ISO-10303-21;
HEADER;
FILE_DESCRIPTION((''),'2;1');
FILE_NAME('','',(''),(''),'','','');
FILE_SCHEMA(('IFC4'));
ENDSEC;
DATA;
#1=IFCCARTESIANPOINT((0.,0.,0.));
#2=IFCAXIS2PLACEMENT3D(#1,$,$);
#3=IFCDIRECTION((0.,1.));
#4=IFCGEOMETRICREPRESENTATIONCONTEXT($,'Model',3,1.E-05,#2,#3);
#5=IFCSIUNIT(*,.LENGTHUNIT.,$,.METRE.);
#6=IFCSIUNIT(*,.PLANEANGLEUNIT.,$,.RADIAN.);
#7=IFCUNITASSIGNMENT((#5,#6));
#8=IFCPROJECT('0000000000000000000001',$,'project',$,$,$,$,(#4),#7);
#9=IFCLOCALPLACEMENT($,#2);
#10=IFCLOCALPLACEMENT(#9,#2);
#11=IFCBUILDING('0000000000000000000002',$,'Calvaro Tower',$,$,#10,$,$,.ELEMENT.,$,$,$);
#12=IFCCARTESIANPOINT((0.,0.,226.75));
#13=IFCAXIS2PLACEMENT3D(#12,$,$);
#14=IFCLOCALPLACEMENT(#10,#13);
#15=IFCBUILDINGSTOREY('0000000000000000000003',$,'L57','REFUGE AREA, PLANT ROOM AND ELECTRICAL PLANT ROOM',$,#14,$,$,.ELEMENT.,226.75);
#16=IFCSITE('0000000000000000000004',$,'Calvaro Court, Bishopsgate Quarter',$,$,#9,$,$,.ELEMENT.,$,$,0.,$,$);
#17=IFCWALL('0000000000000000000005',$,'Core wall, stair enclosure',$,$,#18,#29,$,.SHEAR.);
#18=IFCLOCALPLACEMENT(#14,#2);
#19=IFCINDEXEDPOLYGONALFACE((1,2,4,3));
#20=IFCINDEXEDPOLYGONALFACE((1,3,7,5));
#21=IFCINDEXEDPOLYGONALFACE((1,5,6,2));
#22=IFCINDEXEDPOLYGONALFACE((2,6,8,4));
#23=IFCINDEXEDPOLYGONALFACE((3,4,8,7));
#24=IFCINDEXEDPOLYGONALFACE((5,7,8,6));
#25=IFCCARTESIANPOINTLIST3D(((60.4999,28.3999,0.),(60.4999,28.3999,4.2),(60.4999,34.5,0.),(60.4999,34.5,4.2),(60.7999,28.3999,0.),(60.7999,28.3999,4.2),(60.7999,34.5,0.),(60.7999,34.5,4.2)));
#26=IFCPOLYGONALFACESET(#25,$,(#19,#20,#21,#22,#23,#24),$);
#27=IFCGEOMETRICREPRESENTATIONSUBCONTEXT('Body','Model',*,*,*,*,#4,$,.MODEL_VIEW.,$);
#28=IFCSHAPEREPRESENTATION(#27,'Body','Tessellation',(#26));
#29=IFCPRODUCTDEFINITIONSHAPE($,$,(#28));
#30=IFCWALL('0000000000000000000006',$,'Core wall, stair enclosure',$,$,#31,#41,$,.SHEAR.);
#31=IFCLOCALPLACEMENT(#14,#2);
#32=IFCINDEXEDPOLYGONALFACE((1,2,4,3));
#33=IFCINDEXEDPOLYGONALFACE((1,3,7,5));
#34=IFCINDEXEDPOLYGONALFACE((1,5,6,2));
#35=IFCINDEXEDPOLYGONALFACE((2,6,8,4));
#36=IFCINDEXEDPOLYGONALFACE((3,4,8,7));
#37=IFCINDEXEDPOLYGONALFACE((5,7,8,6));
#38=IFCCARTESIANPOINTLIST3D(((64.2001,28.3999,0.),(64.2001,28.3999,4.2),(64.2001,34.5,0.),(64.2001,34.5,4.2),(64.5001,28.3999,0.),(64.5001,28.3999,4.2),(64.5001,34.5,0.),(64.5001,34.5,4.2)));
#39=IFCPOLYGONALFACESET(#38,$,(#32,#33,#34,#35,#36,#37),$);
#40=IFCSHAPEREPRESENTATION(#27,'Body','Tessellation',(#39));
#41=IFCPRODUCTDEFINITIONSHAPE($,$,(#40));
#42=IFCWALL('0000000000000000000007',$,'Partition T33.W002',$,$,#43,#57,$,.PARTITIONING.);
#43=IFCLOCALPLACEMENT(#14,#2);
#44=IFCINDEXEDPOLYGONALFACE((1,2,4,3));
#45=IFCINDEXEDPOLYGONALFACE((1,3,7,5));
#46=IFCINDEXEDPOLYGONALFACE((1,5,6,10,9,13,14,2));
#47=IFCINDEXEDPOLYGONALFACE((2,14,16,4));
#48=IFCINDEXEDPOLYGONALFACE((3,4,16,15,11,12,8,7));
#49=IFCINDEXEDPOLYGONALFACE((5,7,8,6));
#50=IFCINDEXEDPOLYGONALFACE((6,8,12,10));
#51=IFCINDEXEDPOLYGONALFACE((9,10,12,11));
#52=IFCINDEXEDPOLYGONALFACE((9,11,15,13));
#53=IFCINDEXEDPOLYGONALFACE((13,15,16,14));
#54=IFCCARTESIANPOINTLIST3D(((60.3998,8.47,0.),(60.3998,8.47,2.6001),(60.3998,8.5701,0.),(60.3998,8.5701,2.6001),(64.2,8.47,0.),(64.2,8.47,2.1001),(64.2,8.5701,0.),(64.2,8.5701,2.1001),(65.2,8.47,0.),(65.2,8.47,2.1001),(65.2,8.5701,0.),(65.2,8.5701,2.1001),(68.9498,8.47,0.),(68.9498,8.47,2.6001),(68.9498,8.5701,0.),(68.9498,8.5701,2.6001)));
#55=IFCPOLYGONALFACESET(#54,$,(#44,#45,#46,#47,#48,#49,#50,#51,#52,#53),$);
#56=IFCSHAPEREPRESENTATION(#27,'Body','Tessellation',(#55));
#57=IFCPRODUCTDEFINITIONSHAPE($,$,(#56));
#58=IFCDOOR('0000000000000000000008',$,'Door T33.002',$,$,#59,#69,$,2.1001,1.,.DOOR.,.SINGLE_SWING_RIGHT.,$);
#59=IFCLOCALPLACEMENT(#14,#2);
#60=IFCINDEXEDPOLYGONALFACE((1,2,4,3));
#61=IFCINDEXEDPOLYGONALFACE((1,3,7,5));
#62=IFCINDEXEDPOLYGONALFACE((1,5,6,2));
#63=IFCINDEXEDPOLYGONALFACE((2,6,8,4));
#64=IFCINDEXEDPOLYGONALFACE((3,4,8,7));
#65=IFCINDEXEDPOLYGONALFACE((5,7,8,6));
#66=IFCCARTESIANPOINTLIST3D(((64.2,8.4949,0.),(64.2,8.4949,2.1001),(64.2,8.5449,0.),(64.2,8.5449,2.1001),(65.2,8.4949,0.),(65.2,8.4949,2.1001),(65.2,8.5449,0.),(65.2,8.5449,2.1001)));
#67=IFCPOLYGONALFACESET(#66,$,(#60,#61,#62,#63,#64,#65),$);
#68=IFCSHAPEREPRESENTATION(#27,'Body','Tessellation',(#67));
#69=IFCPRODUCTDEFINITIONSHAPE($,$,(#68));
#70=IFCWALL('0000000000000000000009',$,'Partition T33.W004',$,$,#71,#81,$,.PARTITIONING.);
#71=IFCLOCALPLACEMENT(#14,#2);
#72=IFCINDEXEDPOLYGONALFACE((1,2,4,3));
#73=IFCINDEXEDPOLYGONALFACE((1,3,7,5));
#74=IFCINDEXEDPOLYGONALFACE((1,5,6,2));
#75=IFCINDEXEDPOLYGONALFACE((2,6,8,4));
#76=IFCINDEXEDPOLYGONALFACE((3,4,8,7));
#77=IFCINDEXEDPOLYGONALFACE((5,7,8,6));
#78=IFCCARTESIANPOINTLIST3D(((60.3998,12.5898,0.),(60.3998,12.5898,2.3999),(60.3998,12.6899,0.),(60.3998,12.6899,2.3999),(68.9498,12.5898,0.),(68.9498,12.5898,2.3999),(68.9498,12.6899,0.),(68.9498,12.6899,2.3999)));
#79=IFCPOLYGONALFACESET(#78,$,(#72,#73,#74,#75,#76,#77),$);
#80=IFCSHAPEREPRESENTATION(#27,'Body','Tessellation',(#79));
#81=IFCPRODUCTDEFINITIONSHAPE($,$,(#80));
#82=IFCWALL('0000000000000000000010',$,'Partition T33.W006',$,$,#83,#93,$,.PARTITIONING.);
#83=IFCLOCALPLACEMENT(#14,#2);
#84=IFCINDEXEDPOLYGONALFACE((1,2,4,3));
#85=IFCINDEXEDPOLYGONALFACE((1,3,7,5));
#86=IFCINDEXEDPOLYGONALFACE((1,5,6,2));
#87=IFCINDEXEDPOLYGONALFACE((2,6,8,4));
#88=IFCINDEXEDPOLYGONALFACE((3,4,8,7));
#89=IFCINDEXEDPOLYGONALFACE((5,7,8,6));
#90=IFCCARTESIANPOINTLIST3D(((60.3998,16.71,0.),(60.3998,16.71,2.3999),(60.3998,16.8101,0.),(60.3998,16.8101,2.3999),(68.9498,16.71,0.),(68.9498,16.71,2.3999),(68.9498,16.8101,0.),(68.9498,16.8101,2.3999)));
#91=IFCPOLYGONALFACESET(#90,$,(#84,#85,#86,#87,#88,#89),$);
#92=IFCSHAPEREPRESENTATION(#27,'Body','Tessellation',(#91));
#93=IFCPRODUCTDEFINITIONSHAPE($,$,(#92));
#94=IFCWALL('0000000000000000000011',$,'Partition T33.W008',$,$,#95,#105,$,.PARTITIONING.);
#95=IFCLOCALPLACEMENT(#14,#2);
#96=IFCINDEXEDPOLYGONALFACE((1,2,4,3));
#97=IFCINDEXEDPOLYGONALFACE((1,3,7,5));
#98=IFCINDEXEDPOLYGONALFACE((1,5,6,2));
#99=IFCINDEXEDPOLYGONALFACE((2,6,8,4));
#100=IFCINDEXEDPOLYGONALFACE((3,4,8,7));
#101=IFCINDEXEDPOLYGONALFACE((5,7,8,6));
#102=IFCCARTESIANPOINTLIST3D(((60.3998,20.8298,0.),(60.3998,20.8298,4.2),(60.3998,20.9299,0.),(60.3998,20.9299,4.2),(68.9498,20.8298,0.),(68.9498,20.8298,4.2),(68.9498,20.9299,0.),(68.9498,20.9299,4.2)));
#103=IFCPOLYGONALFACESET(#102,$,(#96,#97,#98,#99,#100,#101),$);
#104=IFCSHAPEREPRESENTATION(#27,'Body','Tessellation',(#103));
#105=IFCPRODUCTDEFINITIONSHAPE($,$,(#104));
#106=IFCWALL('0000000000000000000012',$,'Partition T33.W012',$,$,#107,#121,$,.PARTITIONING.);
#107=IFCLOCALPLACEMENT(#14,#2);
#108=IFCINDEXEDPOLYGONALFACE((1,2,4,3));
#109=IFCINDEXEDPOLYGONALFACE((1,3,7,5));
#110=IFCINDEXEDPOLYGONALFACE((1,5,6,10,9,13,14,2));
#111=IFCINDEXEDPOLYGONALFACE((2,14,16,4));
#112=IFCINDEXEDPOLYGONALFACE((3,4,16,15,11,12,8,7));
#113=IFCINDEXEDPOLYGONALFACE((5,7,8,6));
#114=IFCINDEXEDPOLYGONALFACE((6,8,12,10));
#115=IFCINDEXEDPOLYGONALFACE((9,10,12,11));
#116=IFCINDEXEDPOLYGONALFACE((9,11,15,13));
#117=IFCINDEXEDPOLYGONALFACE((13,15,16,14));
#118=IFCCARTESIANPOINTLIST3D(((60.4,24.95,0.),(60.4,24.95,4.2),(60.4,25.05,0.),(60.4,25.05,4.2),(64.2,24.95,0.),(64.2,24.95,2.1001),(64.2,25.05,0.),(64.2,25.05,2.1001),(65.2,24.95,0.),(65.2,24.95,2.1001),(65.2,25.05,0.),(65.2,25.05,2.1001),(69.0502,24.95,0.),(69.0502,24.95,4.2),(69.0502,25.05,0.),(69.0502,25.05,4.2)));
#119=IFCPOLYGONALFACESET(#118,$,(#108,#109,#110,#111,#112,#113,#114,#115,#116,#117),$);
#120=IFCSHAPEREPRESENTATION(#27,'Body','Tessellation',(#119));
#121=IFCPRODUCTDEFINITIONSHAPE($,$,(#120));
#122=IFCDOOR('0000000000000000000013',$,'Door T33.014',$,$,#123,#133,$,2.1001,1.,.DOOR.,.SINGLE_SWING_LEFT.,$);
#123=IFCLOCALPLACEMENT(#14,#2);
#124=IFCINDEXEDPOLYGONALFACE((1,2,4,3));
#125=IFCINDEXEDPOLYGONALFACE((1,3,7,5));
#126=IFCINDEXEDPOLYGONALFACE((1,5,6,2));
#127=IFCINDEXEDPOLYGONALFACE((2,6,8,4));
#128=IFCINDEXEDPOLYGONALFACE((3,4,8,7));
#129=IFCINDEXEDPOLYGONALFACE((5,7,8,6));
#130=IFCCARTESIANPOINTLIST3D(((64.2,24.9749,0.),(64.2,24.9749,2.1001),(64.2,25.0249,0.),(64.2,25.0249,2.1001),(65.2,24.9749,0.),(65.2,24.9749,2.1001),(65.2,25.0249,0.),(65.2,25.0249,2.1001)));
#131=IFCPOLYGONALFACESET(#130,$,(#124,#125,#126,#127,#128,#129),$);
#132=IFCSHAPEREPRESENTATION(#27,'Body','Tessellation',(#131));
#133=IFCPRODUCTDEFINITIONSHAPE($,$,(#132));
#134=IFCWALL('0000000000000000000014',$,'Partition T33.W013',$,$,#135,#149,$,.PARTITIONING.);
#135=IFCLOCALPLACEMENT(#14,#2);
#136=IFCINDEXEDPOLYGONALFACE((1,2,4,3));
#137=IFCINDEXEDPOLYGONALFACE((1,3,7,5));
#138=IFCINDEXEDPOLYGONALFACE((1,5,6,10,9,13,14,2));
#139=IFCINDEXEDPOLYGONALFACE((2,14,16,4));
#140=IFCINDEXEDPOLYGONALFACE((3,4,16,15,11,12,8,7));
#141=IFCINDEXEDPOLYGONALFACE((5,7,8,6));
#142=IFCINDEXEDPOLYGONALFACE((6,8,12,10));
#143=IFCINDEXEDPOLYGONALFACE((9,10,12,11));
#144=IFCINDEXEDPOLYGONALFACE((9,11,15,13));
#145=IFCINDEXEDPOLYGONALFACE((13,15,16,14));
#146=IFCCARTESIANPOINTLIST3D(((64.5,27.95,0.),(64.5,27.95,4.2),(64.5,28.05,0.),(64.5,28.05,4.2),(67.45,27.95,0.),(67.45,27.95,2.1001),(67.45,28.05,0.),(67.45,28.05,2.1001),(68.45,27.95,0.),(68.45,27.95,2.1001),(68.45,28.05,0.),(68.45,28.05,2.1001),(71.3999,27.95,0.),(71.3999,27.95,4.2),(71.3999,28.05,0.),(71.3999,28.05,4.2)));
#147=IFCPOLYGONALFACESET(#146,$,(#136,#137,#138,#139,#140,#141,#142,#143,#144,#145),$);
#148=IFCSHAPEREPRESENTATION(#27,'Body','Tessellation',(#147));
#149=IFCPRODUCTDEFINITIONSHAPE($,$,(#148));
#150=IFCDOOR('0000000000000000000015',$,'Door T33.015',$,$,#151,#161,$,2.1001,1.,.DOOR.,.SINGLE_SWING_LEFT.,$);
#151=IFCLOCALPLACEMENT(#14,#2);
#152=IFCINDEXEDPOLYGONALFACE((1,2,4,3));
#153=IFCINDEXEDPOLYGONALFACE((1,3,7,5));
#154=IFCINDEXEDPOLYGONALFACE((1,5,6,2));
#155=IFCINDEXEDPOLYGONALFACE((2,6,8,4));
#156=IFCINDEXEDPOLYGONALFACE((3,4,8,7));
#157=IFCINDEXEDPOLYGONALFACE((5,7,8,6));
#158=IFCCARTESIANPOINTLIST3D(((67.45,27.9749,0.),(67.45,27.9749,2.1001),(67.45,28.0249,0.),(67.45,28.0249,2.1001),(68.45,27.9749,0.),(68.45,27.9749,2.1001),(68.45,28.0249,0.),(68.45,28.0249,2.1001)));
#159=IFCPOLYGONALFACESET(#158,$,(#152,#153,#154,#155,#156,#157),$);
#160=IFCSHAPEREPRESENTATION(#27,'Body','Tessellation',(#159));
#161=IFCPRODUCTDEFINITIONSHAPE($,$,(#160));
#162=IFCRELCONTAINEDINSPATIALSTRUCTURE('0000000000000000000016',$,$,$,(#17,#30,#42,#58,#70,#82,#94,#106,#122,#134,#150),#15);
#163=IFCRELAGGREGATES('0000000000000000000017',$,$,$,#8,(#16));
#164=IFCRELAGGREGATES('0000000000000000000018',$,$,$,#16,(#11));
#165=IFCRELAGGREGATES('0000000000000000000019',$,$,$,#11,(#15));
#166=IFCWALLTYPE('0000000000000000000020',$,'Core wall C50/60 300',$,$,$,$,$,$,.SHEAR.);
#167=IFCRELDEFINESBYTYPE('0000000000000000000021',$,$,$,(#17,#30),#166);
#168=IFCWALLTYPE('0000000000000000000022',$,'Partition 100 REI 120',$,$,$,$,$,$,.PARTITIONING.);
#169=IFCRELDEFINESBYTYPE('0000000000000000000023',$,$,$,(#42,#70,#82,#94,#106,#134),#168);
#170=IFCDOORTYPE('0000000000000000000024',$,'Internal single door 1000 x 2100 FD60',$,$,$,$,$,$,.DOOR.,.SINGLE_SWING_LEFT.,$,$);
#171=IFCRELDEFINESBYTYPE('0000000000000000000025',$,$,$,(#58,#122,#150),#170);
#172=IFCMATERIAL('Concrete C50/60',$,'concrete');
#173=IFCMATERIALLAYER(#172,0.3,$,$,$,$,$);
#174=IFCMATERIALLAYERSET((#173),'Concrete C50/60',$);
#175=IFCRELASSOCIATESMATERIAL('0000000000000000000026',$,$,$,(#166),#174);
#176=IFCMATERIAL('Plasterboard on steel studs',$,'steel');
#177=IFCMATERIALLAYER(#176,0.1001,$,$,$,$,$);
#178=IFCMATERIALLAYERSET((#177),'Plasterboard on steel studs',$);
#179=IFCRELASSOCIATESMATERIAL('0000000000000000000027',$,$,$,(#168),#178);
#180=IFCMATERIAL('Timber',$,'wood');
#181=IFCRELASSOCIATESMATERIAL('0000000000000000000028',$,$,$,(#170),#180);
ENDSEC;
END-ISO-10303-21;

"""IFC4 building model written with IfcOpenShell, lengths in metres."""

from ifc_helpers import new_model, si_unit, direction, frame, frame_2d, origin, place, context, subcontext, project, spatial, rectangle, extrude, material, layer, layer_set, type_object, element, fill, save


model = new_model("IFC4")

# Units and contexts
model_context = context("Model", 3, precision=1e-05, world=origin(), true_north=direction((0.0, 1.0)))
body_context = subcontext(model_context, "Body", "Model", "MODEL_VIEW")
ifc_project = project(units=[si_unit("LENGTHUNIT", "METRE"), si_unit("PLANEANGLEUNIT", "RADIAN")], contexts=[model_context])

# Site, building, storey
site_placement = place(None, origin())
site = spatial("IfcSite", under=ifc_project, at=site_placement, Name="Calvaro Court, Bishopsgate Quarter", CompositionType="ELEMENT", RefElevation=0.0)
building_placement = place(site_placement, origin())
building = spatial("IfcBuilding", under=site, at=building_placement, Name="Calvaro Tower", CompositionType="ELEMENT")
storey_placement = place(building_placement, frame((0.0, 0.0, 226.75)))
storey = spatial("IfcBuildingStorey", under=building, at=storey_placement, Name="L57", Description="REFUGE AREA, PLANT ROOM AND ELECTRICAL PLANT ROOM", CompositionType="ELEMENT", Elevation=226.75)

# Shared definitions
ifc_material_1 = material(Name="Concrete C50/60", Category="concrete")
ifc_layer_1 = layer(ifc_material_1, 0.3)
ifc_layer_set_1 = layer_set([ifc_layer_1], Name="Concrete C50/60")
wall_type_1 = type_object("IfcWallType", Name="Core wall C50/60 300", PredefinedType="SHEAR", material=ifc_layer_set_1)

# Walls
for number, where, z_axis, x_axis, name in (
    (1, (60.6499, 28.3999, 0.0), (0.0, 0.0, 1.0), (0.0, 1.0, 0.0), "Core wall, stair enclosure"),
    (2, (64.3501, 28.3999, 0.0), (0.0, 0.0, 1.0), (0.0, 1.0, 0.0), "Core wall, stair enclosure"),
):
    element("IfcWall", number, at=place(storey_placement, frame(where, z_axis=z_axis, x_axis=x_axis)), inside=storey, type_object=wall_type_1, Name=name, PredefinedType="SHEAR", context=body_context, shape_type="SweptSolid", body=[
        extrude(rectangle(XDim=6.1001, YDim=0.3, at=frame_2d((3.05, 0.0))), origin(), (0.0, 0.0, 1.0), 4.2),
    ])

# Wall, opening, door
ifc_material_2 = material(Name="Plasterboard on steel studs", Category="steel")
ifc_layer_2 = layer(ifc_material_2, 0.1001)
ifc_layer_set_2 = layer_set([ifc_layer_2], Name="Plasterboard on steel studs")
wall_type_2 = type_object("IfcWallType", Name="Partition 100 REI 120", PredefinedType="PARTITIONING", material=ifc_layer_set_2)
wall_1_placement = place(storey_placement, frame((60.3999, 8.52, 0.0), z_axis=(0.0, 0.0, 1.0), x_axis=(1.0, 0.0, 0.0)))
wall_1 = element("IfcWall", 3, at=wall_1_placement, inside=storey, type_object=wall_type_2, Name="Partition T33.W002", PredefinedType="PARTITIONING", context=body_context, shape_type="SweptSolid", body=[
    extrude(rectangle(XDim=8.55, YDim=0.1001, at=frame_2d((4.2749, 0.0))), origin(), (0.0, 0.0, 1.0), 2.6001),
])
opening_1_placement = place(wall_1_placement, frame((3.8, 0.0, 0.0)))
opening_1 = element("IfcOpeningElement", 4, at=opening_1_placement, cuts=wall_1, PredefinedType="OPENING", context=body_context, shape_type="SweptSolid", body=[
    extrude(rectangle(XDim=1.0, YDim=2.1001, at=frame_2d((0.5, 1.05))), frame((0.0, 0.0601, 0.0), z_axis=(0.0, -1.0, 0.0), x_axis=(1.0, 0.0, 0.0)), (0.0, 0.0, 1.0), 0.1201),
])
ifc_material_3 = material(Name="Timber", Category="wood")
door_type_1 = type_object("IfcDoorType", Name="Internal single door 1000 x 2100 FD60", OperationType="SINGLE_SWING_LEFT", PredefinedType="DOOR", material=ifc_material_3)
door_1_placement = place(opening_1_placement, origin())
door_1 = element("IfcDoor", 5, at=door_1_placement, inside=storey, type_object=door_type_1, Name="Door T33.002", OperationType="SINGLE_SWING_RIGHT", OverallHeight=2.1001, OverallWidth=1.0, PredefinedType="DOOR", context=body_context, shape_type="SweptSolid", body=[
    extrude(rectangle(XDim=1.0, YDim=2.1001, at=frame_2d((0.5, 1.05))), frame((0.0, 0.0249, 0.0), z_axis=(0.0, -1.0, 0.0), x_axis=(1.0, 0.0, 0.0)), (0.0, 0.0, 1.0), 0.05),
])
fill(opening_1, door_1)

# Walls
for number, where, z_axis, x_axis, name in (
    (6, (60.3999, 12.6399, 0.0), (0.0, 0.0, 1.0), (1.0, 0.0, 0.0), "Partition T33.W004"),
    (7, (60.3999, 16.76, 0.0), (0.0, 0.0, 1.0), (1.0, 0.0, 0.0), "Partition T33.W006"),
):
    element("IfcWall", number, at=place(storey_placement, frame(where, z_axis=z_axis, x_axis=x_axis)), inside=storey, type_object=wall_type_2, Name=name, PredefinedType="PARTITIONING", context=body_context, shape_type="SweptSolid", body=[
        extrude(rectangle(XDim=8.55, YDim=0.1001, at=frame_2d((4.2749, 0.0))), origin(), (0.0, 0.0, 1.0), 2.3999),
    ])
wall_2_placement = place(storey_placement, frame((60.3999, 20.8799, 0.0), z_axis=(0.0, 0.0, 1.0), x_axis=(1.0, 0.0, 0.0)))
element("IfcWall", 8, at=wall_2_placement, inside=storey, type_object=wall_type_2, Name="Partition T33.W008", PredefinedType="PARTITIONING", context=body_context, shape_type="SweptSolid", body=[
    extrude(rectangle(XDim=8.55, YDim=0.1001, at=frame_2d((4.2749, 0.0))), origin(), (0.0, 0.0, 1.0), 4.2),
])

# Walls, openings, doors
wall_3_placement = place(storey_placement, frame((60.3999, 25.0, 0.0), z_axis=(0.0, 0.0, 1.0), x_axis=(1.0, 0.0, 0.0)))
wall_3 = element("IfcWall", 9, at=wall_3_placement, inside=storey, type_object=wall_type_2, Name="Partition T33.W012", PredefinedType="PARTITIONING", context=body_context, shape_type="SweptSolid", body=[
    extrude(rectangle(XDim=8.6501, YDim=0.1001, at=frame_2d((4.3252, 0.0))), origin(), (0.0, 0.0, 1.0), 4.2),
])
opening_2_placement = place(wall_3_placement, frame((3.8, 0.0, 0.0)))
opening_2 = element("IfcOpeningElement", 10, at=opening_2_placement, cuts=wall_3, PredefinedType="OPENING", context=body_context, shape_type="SweptSolid", body=[
    extrude(rectangle(XDim=1.0, YDim=2.1001, at=frame_2d((0.5, 1.05))), frame((0.0, 0.0601, 0.0), z_axis=(0.0, -1.0, 0.0), x_axis=(1.0, 0.0, 0.0)), (0.0, 0.0, 1.0), 0.1201),
])
door_2_placement = place(opening_2_placement, origin())
door_2 = element("IfcDoor", 11, at=door_2_placement, inside=storey, type_object=door_type_1, Name="Door T33.014", OperationType="SINGLE_SWING_LEFT", OverallHeight=2.1001, OverallWidth=1.0, PredefinedType="DOOR", context=body_context, shape_type="SweptSolid", body=[
    extrude(rectangle(XDim=1.0, YDim=2.1001, at=frame_2d((0.5, 1.05))), frame((0.0, 0.0249, 0.0), z_axis=(0.0, -1.0, 0.0), x_axis=(1.0, 0.0, 0.0)), (0.0, 0.0, 1.0), 0.05),
])
fill(opening_2, door_2)
wall_4_placement = place(storey_placement, frame((64.5, 28.0, 0.0), z_axis=(0.0, 0.0, 1.0), x_axis=(1.0, 0.0, 0.0)))
wall_4 = element("IfcWall", 12, at=wall_4_placement, inside=storey, type_object=wall_type_2, Name="Partition T33.W013", PredefinedType="PARTITIONING", context=body_context, shape_type="SweptSolid", body=[
    extrude(rectangle(XDim=6.8999, YDim=0.1001, at=frame_2d((3.45, 0.0))), origin(), (0.0, 0.0, 1.0), 4.2),
])
opening_3_placement = place(wall_4_placement, frame((2.95, 0.0, 0.0)))
opening_3 = element("IfcOpeningElement", 13, at=opening_3_placement, cuts=wall_4, PredefinedType="OPENING", context=body_context, shape_type="SweptSolid", body=[
    extrude(rectangle(XDim=1.0, YDim=2.1001, at=frame_2d((0.5, 1.05))), frame((0.0, 0.0601, 0.0), z_axis=(0.0, -1.0, 0.0), x_axis=(1.0, 0.0, 0.0)), (0.0, 0.0, 1.0), 0.1201),
])
door_3_placement = place(opening_3_placement, origin())
door_3 = element("IfcDoor", 14, at=door_3_placement, inside=storey, type_object=door_type_1, Name="Door T33.015", OperationType="SINGLE_SWING_LEFT", OverallHeight=2.1001, OverallWidth=1.0, PredefinedType="DOOR", context=body_context, shape_type="SweptSolid", body=[
    extrude(rectangle(XDim=1.0, YDim=2.1001, at=frame_2d((0.5, 1.05))), frame((0.0, 0.0249, 0.0), z_axis=(0.0, -1.0, 0.0), x_axis=(1.0, 0.0, 0.0)), (0.0, 0.0, 1.0), 0.05),
])
fill(opening_3, door_3)

save(model, "model.ifc")
